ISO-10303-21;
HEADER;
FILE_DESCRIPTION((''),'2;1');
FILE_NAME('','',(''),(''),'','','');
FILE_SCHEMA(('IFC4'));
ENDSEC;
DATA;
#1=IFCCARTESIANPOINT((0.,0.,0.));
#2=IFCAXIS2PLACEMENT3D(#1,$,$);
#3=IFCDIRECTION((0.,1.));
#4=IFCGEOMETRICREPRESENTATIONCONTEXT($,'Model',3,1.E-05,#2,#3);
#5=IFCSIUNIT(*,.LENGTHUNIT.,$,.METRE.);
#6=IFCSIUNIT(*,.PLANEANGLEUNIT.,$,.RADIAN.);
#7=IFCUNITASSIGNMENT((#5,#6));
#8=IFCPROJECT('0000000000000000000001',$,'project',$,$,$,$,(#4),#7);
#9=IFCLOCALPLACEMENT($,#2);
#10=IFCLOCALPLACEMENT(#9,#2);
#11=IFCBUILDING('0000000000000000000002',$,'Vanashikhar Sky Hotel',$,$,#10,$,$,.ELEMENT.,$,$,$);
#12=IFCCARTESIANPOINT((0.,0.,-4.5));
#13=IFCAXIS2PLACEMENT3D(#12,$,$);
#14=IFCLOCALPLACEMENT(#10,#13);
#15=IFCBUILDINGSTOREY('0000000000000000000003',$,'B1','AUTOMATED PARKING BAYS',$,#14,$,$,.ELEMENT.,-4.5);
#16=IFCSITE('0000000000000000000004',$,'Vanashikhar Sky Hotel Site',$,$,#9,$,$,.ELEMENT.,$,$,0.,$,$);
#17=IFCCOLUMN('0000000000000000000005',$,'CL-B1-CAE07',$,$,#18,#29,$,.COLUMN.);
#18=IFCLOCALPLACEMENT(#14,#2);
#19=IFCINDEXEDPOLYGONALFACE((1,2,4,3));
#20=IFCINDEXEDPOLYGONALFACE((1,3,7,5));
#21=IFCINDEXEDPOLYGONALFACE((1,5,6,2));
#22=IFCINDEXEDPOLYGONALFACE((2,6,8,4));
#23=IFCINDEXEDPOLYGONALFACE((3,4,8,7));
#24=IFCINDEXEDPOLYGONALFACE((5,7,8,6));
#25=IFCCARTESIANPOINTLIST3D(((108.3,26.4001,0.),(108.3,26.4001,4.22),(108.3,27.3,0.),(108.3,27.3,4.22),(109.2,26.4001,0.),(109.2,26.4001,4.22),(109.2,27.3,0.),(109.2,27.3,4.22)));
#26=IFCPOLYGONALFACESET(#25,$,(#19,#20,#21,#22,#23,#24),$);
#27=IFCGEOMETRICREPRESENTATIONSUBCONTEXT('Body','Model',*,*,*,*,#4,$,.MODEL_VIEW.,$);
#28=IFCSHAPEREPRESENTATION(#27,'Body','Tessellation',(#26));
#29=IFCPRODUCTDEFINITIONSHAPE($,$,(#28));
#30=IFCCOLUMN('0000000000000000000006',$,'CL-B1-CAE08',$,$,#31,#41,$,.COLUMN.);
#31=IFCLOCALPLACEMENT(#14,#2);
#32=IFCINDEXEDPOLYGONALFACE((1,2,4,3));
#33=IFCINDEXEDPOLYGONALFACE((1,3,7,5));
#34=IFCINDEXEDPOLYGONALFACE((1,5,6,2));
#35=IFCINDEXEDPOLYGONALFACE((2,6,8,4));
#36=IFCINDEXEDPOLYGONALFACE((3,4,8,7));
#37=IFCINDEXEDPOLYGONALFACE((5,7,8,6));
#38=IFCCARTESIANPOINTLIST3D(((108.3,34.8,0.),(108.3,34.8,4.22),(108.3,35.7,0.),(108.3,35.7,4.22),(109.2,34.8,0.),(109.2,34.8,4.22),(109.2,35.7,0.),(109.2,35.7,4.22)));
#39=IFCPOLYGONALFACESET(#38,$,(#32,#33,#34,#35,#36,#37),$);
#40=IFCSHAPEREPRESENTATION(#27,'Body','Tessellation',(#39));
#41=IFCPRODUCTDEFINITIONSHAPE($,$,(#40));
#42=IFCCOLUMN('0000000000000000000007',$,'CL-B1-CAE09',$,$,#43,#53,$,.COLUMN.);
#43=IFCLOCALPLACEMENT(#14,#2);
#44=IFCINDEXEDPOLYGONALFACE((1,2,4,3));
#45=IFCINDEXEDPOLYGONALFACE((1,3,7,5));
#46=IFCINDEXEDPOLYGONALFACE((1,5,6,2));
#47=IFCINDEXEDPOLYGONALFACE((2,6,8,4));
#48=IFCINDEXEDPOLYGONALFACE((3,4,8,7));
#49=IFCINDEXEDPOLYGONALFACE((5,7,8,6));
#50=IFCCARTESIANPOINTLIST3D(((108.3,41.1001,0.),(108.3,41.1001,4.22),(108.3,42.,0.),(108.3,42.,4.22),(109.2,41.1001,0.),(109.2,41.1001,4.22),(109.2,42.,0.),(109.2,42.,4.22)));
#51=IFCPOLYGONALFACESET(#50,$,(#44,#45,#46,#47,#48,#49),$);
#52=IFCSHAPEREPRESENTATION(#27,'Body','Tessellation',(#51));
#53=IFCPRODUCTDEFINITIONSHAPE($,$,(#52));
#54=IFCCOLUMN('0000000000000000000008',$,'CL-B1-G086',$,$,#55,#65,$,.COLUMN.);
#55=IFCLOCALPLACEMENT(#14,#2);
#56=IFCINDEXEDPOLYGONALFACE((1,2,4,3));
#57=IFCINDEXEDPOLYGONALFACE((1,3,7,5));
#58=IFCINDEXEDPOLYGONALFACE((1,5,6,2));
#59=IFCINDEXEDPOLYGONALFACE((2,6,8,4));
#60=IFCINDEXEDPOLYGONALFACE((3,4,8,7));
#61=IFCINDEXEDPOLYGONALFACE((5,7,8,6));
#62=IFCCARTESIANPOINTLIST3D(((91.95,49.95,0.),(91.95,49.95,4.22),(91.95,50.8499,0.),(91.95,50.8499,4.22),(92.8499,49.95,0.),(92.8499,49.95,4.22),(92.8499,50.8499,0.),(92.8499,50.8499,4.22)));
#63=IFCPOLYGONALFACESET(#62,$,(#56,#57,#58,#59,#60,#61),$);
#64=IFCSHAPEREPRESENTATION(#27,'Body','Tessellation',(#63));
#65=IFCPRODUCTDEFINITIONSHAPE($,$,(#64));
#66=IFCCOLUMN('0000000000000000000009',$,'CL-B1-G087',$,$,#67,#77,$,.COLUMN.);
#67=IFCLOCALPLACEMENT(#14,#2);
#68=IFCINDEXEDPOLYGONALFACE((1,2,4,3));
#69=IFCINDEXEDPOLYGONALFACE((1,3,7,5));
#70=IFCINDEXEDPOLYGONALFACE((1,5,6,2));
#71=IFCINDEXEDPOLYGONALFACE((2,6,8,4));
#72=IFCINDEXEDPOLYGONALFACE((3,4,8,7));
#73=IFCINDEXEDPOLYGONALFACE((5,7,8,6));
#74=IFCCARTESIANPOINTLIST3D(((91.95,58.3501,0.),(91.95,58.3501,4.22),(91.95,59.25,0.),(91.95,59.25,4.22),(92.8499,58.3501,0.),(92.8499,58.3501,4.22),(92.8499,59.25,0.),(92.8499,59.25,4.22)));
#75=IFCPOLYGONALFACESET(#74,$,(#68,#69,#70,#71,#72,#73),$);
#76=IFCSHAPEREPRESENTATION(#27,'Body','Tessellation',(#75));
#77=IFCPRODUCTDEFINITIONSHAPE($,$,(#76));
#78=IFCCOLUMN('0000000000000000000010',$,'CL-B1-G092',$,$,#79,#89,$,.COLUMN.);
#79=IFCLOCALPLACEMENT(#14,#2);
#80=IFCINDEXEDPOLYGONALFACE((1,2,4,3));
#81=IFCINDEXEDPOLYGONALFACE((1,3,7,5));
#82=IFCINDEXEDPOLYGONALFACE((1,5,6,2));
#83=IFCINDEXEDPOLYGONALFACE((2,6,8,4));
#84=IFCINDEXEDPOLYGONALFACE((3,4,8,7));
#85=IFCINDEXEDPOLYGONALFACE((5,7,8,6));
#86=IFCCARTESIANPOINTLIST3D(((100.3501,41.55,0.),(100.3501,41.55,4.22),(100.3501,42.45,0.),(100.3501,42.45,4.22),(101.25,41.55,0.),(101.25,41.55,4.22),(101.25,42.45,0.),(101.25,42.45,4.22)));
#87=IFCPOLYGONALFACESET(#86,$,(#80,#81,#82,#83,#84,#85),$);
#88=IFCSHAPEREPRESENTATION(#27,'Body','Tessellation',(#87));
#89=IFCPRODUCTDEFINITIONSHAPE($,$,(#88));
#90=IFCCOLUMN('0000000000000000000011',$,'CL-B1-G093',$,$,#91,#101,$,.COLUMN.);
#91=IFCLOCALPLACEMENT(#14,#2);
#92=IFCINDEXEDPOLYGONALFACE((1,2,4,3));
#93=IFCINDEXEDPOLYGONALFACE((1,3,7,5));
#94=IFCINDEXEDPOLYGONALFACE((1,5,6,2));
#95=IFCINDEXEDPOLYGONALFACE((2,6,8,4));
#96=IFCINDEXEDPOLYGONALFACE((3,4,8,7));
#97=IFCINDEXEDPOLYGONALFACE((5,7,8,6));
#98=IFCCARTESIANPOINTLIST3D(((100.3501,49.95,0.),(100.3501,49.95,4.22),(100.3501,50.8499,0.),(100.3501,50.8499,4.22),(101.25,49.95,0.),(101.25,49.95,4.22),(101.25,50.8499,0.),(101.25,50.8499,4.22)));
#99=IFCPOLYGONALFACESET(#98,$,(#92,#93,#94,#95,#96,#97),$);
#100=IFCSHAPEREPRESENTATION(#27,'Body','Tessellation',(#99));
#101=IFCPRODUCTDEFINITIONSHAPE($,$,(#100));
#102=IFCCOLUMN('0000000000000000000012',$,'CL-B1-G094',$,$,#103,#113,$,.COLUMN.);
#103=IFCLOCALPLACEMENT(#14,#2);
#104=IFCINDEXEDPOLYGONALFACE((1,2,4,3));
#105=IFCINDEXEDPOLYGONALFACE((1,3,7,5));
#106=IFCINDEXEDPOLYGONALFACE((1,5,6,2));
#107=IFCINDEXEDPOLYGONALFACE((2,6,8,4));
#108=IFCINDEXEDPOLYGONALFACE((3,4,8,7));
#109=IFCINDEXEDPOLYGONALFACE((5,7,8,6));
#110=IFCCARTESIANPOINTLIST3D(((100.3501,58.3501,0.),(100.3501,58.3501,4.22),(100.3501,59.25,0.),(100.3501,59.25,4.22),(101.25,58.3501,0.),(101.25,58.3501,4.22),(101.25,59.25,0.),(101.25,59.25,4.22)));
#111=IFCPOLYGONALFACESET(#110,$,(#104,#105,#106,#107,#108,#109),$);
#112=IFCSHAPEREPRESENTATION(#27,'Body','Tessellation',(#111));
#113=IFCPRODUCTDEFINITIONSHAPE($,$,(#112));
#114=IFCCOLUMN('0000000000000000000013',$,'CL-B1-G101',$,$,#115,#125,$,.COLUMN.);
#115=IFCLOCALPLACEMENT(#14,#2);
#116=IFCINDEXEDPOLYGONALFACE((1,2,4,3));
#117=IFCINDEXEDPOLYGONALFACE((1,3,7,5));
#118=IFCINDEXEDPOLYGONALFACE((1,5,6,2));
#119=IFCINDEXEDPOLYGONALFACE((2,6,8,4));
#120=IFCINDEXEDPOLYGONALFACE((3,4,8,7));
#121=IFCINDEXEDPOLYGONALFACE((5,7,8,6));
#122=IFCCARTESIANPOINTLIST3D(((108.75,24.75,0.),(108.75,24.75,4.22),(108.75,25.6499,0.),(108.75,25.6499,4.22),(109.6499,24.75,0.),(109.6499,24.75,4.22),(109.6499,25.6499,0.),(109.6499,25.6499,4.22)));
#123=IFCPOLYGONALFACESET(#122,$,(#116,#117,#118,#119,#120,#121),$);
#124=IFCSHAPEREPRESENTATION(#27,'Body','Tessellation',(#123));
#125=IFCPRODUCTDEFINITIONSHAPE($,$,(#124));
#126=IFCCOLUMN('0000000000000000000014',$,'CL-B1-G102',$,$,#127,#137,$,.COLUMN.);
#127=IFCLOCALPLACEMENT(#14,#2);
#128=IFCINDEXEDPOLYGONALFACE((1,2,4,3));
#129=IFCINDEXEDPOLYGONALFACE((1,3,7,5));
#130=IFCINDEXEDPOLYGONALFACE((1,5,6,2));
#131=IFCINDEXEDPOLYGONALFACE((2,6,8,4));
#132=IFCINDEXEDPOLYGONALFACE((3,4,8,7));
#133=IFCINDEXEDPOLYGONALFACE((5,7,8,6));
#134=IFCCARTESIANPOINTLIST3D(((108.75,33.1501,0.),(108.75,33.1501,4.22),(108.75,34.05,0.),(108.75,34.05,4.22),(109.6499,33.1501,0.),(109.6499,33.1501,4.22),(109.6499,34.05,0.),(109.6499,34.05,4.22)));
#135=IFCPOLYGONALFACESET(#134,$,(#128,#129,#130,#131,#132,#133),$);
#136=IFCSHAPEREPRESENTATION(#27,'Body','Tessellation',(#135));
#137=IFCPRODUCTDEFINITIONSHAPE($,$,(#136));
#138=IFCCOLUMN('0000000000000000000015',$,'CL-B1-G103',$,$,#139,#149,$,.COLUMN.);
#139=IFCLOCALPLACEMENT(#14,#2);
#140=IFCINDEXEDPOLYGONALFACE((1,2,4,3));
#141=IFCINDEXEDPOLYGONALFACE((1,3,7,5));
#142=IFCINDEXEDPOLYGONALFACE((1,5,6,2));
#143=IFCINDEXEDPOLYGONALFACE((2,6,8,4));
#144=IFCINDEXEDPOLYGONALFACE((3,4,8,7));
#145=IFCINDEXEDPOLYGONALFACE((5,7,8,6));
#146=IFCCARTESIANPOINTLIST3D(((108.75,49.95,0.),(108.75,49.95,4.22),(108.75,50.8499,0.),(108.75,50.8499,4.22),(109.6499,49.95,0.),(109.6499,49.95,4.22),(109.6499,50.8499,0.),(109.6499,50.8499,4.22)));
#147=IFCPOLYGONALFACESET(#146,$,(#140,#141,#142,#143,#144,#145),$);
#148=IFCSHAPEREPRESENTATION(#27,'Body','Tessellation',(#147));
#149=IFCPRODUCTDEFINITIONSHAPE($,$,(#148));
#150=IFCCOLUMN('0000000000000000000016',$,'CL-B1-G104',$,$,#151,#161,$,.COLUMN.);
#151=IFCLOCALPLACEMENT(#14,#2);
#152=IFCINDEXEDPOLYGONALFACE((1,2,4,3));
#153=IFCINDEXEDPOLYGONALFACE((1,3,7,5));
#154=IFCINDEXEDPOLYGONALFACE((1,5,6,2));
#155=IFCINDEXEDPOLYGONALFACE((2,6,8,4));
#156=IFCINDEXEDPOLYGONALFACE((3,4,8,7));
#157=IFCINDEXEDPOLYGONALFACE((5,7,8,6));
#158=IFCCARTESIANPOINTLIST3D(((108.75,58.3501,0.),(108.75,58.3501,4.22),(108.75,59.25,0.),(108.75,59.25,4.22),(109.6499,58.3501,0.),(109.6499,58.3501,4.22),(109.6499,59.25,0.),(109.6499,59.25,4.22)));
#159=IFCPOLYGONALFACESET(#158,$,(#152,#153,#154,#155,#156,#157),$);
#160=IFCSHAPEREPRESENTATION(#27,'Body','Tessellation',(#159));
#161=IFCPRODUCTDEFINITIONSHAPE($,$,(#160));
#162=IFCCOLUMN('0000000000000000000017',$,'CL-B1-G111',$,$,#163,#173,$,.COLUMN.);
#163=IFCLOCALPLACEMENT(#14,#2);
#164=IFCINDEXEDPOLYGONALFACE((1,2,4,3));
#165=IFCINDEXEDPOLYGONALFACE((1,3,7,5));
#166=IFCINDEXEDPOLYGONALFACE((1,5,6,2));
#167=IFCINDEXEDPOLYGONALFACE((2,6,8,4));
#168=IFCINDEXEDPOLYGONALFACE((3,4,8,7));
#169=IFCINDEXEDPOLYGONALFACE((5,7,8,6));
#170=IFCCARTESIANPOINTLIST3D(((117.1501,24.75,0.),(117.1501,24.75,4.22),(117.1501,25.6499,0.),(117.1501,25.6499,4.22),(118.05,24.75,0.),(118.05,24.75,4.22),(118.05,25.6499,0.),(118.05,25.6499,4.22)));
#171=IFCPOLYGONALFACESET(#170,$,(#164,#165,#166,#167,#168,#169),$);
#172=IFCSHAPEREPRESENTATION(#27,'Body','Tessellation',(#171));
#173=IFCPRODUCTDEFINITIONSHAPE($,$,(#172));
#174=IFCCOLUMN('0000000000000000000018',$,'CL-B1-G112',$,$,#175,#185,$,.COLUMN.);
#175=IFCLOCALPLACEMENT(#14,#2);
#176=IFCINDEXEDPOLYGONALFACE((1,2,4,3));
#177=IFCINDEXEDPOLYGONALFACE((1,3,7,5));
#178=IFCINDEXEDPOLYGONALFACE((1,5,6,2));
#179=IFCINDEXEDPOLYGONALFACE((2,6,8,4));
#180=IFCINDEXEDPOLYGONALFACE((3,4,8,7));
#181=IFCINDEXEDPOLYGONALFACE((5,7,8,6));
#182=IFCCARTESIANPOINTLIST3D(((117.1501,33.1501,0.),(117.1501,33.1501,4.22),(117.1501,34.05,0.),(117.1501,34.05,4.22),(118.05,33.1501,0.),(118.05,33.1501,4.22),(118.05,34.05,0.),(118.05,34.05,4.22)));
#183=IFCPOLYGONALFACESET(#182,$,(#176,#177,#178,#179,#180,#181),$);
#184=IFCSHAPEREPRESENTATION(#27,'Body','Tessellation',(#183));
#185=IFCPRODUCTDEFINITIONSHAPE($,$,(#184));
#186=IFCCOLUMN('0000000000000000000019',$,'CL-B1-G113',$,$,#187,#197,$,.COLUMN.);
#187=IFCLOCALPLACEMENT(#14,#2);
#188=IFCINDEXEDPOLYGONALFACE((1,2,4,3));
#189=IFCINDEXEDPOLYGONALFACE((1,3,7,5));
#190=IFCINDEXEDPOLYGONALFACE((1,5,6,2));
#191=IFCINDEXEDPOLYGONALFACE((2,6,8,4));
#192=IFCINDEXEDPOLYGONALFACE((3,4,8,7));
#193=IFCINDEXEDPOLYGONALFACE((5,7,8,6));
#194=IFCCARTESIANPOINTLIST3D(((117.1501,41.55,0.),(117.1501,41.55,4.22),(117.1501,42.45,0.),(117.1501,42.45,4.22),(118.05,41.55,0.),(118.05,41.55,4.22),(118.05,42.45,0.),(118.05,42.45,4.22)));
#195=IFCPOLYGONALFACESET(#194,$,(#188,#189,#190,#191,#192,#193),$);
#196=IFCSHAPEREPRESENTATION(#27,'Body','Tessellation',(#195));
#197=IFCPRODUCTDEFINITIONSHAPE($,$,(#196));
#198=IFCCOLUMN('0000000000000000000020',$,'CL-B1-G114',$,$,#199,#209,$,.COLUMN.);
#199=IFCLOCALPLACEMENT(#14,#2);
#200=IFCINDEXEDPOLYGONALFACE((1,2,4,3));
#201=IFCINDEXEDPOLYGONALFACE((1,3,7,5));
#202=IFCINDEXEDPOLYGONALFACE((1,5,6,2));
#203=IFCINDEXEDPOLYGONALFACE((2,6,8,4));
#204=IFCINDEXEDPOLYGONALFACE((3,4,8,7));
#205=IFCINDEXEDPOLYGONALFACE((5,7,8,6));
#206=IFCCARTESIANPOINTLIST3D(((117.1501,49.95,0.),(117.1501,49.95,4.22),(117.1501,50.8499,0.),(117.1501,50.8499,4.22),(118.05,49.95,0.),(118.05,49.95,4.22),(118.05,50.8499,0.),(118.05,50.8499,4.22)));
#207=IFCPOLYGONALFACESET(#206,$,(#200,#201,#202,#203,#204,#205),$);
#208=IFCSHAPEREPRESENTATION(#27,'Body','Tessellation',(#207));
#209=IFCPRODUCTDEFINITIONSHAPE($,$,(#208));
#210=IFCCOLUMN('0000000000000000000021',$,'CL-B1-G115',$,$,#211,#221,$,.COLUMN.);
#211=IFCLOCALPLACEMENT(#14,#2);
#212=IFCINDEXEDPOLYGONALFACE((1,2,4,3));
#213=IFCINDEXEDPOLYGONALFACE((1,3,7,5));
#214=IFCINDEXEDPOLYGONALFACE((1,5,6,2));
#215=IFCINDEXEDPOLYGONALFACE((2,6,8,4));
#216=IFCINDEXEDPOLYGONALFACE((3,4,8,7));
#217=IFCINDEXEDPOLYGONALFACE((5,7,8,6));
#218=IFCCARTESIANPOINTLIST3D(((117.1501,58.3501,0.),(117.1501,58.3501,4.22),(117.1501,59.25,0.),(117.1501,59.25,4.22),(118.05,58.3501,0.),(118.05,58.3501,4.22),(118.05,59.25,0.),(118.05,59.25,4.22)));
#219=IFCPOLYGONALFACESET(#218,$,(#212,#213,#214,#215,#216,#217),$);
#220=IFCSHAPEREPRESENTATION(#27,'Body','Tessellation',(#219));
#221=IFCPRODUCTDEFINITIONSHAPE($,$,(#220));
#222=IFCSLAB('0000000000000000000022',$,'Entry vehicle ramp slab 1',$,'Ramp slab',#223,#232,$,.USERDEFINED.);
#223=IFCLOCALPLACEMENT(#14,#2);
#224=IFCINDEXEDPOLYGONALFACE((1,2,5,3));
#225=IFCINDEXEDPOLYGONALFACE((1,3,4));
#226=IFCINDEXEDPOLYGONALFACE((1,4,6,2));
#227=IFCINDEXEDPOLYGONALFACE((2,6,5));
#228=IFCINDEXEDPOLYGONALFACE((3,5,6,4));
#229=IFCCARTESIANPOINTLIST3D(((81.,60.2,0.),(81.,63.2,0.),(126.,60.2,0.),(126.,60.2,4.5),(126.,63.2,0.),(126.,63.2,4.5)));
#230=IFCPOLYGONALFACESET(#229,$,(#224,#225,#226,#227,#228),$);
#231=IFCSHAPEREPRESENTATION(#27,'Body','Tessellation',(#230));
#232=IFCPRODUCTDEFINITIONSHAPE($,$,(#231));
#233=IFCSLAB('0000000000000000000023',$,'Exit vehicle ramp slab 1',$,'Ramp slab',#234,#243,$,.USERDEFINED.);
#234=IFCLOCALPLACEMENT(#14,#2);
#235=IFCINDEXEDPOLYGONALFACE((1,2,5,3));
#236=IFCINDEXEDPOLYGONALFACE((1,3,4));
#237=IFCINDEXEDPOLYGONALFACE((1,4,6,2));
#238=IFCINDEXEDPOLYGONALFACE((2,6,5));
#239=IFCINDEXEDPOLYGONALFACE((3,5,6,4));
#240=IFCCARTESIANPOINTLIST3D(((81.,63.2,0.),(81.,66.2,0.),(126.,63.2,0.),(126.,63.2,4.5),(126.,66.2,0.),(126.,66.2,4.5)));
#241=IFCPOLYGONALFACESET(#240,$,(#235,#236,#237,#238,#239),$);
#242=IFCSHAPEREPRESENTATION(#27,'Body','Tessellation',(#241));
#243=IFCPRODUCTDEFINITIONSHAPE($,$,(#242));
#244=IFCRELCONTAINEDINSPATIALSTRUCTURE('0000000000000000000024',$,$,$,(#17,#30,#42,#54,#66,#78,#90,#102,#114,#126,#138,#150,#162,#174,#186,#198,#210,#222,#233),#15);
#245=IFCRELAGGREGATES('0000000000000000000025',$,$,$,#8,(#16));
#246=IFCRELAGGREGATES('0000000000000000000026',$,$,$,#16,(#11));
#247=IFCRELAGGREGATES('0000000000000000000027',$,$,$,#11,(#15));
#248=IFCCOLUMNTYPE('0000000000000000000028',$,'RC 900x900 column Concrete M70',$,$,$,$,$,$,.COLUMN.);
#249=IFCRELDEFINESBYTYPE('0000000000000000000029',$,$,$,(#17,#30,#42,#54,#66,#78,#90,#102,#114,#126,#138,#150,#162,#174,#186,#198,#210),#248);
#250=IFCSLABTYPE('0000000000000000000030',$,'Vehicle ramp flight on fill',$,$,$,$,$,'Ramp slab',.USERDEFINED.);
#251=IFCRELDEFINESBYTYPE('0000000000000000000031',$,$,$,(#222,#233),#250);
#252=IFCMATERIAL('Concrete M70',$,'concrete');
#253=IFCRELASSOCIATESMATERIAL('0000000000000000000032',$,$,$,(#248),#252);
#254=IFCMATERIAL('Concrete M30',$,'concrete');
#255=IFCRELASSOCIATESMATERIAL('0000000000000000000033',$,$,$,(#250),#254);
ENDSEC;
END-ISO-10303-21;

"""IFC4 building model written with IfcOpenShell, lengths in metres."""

from ifc_helpers import new_model, si_unit, direction, frame, origin, origin_2d, place, context, subcontext, project, spatial, polyline, rectangle, outline, extrude, source, transform, mapped, material, material_profile, profile_set, type_object, element, save


model = new_model("IFC4")

# Units and contexts
model_context = context("Model", 3, precision=1e-05, world=origin(), true_north=direction((0.0, 1.0)))
body_context = subcontext(model_context, "Body", "Model", "MODEL_VIEW")
ifc_project = project(units=[si_unit("LENGTHUNIT", "METRE"), si_unit("PLANEANGLEUNIT", "RADIAN")], contexts=[model_context])

# Site, building, storey
site_placement = place(None, origin())
site = spatial("IfcSite", under=ifc_project, at=site_placement, Name="Vanashikhar Sky Hotel Site", CompositionType="ELEMENT", RefElevation=0.0)
building_placement = place(site_placement, origin())
building = spatial("IfcBuilding", under=site, at=building_placement, Name="Vanashikhar Sky Hotel", CompositionType="ELEMENT")
storey_placement = place(building_placement, frame((0.0, 0.0, -4.5)))
storey = spatial("IfcBuildingStorey", under=building, at=storey_placement, Name="B1", Description="AUTOMATED PARKING BAYS", CompositionType="ELEMENT", Elevation=-4.5)

# Columns
ifc_material_1 = material(Name="Concrete M70", Category="concrete")
ifc_material_profile = material_profile(ifc_material_1, rectangle(XDim=0.8999, YDim=0.8999, at=origin_2d()))
ifc_profile_set = profile_set([ifc_material_profile], Name="RC 900x900 column Concrete M70")
column_type = type_object("IfcColumnType", Name="RC 900x900 column Concrete M70", PredefinedType="COLUMN", material=ifc_profile_set)
shared_shape_1 = source(origin(), body_context, "Body", "SweptSolid", [
    extrude(rectangle(XDim=0.8999, YDim=0.8999, at=origin_2d()), origin(), (0.0, 0.0, 1.0), 4.22),
])
for number, where, z_axis, x_axis, name in (
    (1, (108.75, 26.8501, 0.0), (0.0, 0.0, 1.0), (1.0, 0.0, 0.0), "CL-B1-CAE07"),
    (2, (108.75, 35.25, 0.0), (0.0, 0.0, 1.0), (1.0, 0.0, 0.0), "CL-B1-CAE08"),
    (3, (108.75, 41.55, 0.0), (0.0, 0.0, 1.0), (1.0, 0.0, 0.0), "CL-B1-CAE09"),
    (4, (92.3999, 50.3999, 0.0), (0.0, 0.0, 1.0), (1.0, 0.0, 0.0), "CL-B1-G086"),
    (5, (92.3999, 58.8, 0.0), (0.0, 0.0, 1.0), (1.0, 0.0, 0.0), "CL-B1-G087"),
    (6, (100.8, 42.0, 0.0), (0.0, 0.0, 1.0), (1.0, 0.0, 0.0), "CL-B1-G092"),
    (7, (100.8, 50.3999, 0.0), (0.0, 0.0, 1.0), (1.0, 0.0, 0.0), "CL-B1-G093"),
    (8, (100.8, 58.8, 0.0), (0.0, 0.0, 1.0), (1.0, 0.0, 0.0), "CL-B1-G094"),
    (9, (109.2, 25.2, 0.0), (0.0, 0.0, 1.0), (1.0, 0.0, 0.0), "CL-B1-G101"),
    (10, (109.2, 33.6001, 0.0), (0.0, 0.0, 1.0), (1.0, 0.0, 0.0), "CL-B1-G102"),
    (11, (109.2, 50.3999, 0.0), (0.0, 0.0, 1.0), (1.0, 0.0, 0.0), "CL-B1-G103"),
    (12, (109.2, 58.8, 0.0), (0.0, 0.0, 1.0), (1.0, 0.0, 0.0), "CL-B1-G104"),
    (13, (117.6001, 25.2, 0.0), (0.0, 0.0, 1.0), (1.0, 0.0, 0.0), "CL-B1-G111"),
    (14, (117.6001, 33.6001, 0.0), (0.0, 0.0, 1.0), (1.0, 0.0, 0.0), "CL-B1-G112"),
    (15, (117.6001, 42.0, 0.0), (0.0, 0.0, 1.0), (1.0, 0.0, 0.0), "CL-B1-G113"),
    (16, (117.6001, 50.3999, 0.0), (0.0, 0.0, 1.0), (1.0, 0.0, 0.0), "CL-B1-G114"),
    (17, (117.6001, 58.8, 0.0), (0.0, 0.0, 1.0), (1.0, 0.0, 0.0), "CL-B1-G115"),
):
    element("IfcColumn", number, at=place(storey_placement, frame(where, z_axis=z_axis, x_axis=x_axis)), inside=storey, type_object=column_type, Name=name, PredefinedType="COLUMN", context=body_context, shape_type="MappedRepresentation", body=[
        mapped(shared_shape_1, transform((0.0, 0.0, 0.0), scale=1.0)),
    ])

# Slabs
ifc_material_2 = material(Name="Concrete M30", Category="concrete")
slab_type = type_object("IfcSlabType", Name="Vehicle ramp flight on fill", ElementType="Ramp slab", PredefinedType="USERDEFINED", material=ifc_material_2)
shared_shape_2 = source(origin(), body_context, "Body", "SweptSolid", [
    extrude(outline(polyline([(0.0, 0.0), (45.0, 0.0), (45.0, 0.0), (0.0, 4.5), (0.0, 0.0)])), frame((0.0, 1.5, 0.0), z_axis=(0.0, -1.0, 0.0), x_axis=(1.0, 0.0, 0.0)), (0.0, 0.0, 1.0), 3.0),
])
for number, where, z_axis, x_axis, name in (
    (18, (126.0, 61.7, 0.0), (0.0, 0.0, 1.0), (-1.0, 0.0, 0.0), "Entry vehicle ramp slab 1"),
    (19, (126.0, 64.7, 0.0), (0.0, 0.0, 1.0), (-1.0, 0.0, 0.0), "Exit vehicle ramp slab 1"),
):
    element("IfcSlab", number, at=place(storey_placement, frame(where, z_axis=z_axis, x_axis=x_axis)), inside=storey, type_object=slab_type, Name=name, ObjectType="Ramp slab", PredefinedType="USERDEFINED", context=body_context, shape_type="MappedRepresentation", body=[
        mapped(shared_shape_2, transform((0.0, 0.0, 0.0), scale=1.0)),
    ])

save(model, "model.ifc")
